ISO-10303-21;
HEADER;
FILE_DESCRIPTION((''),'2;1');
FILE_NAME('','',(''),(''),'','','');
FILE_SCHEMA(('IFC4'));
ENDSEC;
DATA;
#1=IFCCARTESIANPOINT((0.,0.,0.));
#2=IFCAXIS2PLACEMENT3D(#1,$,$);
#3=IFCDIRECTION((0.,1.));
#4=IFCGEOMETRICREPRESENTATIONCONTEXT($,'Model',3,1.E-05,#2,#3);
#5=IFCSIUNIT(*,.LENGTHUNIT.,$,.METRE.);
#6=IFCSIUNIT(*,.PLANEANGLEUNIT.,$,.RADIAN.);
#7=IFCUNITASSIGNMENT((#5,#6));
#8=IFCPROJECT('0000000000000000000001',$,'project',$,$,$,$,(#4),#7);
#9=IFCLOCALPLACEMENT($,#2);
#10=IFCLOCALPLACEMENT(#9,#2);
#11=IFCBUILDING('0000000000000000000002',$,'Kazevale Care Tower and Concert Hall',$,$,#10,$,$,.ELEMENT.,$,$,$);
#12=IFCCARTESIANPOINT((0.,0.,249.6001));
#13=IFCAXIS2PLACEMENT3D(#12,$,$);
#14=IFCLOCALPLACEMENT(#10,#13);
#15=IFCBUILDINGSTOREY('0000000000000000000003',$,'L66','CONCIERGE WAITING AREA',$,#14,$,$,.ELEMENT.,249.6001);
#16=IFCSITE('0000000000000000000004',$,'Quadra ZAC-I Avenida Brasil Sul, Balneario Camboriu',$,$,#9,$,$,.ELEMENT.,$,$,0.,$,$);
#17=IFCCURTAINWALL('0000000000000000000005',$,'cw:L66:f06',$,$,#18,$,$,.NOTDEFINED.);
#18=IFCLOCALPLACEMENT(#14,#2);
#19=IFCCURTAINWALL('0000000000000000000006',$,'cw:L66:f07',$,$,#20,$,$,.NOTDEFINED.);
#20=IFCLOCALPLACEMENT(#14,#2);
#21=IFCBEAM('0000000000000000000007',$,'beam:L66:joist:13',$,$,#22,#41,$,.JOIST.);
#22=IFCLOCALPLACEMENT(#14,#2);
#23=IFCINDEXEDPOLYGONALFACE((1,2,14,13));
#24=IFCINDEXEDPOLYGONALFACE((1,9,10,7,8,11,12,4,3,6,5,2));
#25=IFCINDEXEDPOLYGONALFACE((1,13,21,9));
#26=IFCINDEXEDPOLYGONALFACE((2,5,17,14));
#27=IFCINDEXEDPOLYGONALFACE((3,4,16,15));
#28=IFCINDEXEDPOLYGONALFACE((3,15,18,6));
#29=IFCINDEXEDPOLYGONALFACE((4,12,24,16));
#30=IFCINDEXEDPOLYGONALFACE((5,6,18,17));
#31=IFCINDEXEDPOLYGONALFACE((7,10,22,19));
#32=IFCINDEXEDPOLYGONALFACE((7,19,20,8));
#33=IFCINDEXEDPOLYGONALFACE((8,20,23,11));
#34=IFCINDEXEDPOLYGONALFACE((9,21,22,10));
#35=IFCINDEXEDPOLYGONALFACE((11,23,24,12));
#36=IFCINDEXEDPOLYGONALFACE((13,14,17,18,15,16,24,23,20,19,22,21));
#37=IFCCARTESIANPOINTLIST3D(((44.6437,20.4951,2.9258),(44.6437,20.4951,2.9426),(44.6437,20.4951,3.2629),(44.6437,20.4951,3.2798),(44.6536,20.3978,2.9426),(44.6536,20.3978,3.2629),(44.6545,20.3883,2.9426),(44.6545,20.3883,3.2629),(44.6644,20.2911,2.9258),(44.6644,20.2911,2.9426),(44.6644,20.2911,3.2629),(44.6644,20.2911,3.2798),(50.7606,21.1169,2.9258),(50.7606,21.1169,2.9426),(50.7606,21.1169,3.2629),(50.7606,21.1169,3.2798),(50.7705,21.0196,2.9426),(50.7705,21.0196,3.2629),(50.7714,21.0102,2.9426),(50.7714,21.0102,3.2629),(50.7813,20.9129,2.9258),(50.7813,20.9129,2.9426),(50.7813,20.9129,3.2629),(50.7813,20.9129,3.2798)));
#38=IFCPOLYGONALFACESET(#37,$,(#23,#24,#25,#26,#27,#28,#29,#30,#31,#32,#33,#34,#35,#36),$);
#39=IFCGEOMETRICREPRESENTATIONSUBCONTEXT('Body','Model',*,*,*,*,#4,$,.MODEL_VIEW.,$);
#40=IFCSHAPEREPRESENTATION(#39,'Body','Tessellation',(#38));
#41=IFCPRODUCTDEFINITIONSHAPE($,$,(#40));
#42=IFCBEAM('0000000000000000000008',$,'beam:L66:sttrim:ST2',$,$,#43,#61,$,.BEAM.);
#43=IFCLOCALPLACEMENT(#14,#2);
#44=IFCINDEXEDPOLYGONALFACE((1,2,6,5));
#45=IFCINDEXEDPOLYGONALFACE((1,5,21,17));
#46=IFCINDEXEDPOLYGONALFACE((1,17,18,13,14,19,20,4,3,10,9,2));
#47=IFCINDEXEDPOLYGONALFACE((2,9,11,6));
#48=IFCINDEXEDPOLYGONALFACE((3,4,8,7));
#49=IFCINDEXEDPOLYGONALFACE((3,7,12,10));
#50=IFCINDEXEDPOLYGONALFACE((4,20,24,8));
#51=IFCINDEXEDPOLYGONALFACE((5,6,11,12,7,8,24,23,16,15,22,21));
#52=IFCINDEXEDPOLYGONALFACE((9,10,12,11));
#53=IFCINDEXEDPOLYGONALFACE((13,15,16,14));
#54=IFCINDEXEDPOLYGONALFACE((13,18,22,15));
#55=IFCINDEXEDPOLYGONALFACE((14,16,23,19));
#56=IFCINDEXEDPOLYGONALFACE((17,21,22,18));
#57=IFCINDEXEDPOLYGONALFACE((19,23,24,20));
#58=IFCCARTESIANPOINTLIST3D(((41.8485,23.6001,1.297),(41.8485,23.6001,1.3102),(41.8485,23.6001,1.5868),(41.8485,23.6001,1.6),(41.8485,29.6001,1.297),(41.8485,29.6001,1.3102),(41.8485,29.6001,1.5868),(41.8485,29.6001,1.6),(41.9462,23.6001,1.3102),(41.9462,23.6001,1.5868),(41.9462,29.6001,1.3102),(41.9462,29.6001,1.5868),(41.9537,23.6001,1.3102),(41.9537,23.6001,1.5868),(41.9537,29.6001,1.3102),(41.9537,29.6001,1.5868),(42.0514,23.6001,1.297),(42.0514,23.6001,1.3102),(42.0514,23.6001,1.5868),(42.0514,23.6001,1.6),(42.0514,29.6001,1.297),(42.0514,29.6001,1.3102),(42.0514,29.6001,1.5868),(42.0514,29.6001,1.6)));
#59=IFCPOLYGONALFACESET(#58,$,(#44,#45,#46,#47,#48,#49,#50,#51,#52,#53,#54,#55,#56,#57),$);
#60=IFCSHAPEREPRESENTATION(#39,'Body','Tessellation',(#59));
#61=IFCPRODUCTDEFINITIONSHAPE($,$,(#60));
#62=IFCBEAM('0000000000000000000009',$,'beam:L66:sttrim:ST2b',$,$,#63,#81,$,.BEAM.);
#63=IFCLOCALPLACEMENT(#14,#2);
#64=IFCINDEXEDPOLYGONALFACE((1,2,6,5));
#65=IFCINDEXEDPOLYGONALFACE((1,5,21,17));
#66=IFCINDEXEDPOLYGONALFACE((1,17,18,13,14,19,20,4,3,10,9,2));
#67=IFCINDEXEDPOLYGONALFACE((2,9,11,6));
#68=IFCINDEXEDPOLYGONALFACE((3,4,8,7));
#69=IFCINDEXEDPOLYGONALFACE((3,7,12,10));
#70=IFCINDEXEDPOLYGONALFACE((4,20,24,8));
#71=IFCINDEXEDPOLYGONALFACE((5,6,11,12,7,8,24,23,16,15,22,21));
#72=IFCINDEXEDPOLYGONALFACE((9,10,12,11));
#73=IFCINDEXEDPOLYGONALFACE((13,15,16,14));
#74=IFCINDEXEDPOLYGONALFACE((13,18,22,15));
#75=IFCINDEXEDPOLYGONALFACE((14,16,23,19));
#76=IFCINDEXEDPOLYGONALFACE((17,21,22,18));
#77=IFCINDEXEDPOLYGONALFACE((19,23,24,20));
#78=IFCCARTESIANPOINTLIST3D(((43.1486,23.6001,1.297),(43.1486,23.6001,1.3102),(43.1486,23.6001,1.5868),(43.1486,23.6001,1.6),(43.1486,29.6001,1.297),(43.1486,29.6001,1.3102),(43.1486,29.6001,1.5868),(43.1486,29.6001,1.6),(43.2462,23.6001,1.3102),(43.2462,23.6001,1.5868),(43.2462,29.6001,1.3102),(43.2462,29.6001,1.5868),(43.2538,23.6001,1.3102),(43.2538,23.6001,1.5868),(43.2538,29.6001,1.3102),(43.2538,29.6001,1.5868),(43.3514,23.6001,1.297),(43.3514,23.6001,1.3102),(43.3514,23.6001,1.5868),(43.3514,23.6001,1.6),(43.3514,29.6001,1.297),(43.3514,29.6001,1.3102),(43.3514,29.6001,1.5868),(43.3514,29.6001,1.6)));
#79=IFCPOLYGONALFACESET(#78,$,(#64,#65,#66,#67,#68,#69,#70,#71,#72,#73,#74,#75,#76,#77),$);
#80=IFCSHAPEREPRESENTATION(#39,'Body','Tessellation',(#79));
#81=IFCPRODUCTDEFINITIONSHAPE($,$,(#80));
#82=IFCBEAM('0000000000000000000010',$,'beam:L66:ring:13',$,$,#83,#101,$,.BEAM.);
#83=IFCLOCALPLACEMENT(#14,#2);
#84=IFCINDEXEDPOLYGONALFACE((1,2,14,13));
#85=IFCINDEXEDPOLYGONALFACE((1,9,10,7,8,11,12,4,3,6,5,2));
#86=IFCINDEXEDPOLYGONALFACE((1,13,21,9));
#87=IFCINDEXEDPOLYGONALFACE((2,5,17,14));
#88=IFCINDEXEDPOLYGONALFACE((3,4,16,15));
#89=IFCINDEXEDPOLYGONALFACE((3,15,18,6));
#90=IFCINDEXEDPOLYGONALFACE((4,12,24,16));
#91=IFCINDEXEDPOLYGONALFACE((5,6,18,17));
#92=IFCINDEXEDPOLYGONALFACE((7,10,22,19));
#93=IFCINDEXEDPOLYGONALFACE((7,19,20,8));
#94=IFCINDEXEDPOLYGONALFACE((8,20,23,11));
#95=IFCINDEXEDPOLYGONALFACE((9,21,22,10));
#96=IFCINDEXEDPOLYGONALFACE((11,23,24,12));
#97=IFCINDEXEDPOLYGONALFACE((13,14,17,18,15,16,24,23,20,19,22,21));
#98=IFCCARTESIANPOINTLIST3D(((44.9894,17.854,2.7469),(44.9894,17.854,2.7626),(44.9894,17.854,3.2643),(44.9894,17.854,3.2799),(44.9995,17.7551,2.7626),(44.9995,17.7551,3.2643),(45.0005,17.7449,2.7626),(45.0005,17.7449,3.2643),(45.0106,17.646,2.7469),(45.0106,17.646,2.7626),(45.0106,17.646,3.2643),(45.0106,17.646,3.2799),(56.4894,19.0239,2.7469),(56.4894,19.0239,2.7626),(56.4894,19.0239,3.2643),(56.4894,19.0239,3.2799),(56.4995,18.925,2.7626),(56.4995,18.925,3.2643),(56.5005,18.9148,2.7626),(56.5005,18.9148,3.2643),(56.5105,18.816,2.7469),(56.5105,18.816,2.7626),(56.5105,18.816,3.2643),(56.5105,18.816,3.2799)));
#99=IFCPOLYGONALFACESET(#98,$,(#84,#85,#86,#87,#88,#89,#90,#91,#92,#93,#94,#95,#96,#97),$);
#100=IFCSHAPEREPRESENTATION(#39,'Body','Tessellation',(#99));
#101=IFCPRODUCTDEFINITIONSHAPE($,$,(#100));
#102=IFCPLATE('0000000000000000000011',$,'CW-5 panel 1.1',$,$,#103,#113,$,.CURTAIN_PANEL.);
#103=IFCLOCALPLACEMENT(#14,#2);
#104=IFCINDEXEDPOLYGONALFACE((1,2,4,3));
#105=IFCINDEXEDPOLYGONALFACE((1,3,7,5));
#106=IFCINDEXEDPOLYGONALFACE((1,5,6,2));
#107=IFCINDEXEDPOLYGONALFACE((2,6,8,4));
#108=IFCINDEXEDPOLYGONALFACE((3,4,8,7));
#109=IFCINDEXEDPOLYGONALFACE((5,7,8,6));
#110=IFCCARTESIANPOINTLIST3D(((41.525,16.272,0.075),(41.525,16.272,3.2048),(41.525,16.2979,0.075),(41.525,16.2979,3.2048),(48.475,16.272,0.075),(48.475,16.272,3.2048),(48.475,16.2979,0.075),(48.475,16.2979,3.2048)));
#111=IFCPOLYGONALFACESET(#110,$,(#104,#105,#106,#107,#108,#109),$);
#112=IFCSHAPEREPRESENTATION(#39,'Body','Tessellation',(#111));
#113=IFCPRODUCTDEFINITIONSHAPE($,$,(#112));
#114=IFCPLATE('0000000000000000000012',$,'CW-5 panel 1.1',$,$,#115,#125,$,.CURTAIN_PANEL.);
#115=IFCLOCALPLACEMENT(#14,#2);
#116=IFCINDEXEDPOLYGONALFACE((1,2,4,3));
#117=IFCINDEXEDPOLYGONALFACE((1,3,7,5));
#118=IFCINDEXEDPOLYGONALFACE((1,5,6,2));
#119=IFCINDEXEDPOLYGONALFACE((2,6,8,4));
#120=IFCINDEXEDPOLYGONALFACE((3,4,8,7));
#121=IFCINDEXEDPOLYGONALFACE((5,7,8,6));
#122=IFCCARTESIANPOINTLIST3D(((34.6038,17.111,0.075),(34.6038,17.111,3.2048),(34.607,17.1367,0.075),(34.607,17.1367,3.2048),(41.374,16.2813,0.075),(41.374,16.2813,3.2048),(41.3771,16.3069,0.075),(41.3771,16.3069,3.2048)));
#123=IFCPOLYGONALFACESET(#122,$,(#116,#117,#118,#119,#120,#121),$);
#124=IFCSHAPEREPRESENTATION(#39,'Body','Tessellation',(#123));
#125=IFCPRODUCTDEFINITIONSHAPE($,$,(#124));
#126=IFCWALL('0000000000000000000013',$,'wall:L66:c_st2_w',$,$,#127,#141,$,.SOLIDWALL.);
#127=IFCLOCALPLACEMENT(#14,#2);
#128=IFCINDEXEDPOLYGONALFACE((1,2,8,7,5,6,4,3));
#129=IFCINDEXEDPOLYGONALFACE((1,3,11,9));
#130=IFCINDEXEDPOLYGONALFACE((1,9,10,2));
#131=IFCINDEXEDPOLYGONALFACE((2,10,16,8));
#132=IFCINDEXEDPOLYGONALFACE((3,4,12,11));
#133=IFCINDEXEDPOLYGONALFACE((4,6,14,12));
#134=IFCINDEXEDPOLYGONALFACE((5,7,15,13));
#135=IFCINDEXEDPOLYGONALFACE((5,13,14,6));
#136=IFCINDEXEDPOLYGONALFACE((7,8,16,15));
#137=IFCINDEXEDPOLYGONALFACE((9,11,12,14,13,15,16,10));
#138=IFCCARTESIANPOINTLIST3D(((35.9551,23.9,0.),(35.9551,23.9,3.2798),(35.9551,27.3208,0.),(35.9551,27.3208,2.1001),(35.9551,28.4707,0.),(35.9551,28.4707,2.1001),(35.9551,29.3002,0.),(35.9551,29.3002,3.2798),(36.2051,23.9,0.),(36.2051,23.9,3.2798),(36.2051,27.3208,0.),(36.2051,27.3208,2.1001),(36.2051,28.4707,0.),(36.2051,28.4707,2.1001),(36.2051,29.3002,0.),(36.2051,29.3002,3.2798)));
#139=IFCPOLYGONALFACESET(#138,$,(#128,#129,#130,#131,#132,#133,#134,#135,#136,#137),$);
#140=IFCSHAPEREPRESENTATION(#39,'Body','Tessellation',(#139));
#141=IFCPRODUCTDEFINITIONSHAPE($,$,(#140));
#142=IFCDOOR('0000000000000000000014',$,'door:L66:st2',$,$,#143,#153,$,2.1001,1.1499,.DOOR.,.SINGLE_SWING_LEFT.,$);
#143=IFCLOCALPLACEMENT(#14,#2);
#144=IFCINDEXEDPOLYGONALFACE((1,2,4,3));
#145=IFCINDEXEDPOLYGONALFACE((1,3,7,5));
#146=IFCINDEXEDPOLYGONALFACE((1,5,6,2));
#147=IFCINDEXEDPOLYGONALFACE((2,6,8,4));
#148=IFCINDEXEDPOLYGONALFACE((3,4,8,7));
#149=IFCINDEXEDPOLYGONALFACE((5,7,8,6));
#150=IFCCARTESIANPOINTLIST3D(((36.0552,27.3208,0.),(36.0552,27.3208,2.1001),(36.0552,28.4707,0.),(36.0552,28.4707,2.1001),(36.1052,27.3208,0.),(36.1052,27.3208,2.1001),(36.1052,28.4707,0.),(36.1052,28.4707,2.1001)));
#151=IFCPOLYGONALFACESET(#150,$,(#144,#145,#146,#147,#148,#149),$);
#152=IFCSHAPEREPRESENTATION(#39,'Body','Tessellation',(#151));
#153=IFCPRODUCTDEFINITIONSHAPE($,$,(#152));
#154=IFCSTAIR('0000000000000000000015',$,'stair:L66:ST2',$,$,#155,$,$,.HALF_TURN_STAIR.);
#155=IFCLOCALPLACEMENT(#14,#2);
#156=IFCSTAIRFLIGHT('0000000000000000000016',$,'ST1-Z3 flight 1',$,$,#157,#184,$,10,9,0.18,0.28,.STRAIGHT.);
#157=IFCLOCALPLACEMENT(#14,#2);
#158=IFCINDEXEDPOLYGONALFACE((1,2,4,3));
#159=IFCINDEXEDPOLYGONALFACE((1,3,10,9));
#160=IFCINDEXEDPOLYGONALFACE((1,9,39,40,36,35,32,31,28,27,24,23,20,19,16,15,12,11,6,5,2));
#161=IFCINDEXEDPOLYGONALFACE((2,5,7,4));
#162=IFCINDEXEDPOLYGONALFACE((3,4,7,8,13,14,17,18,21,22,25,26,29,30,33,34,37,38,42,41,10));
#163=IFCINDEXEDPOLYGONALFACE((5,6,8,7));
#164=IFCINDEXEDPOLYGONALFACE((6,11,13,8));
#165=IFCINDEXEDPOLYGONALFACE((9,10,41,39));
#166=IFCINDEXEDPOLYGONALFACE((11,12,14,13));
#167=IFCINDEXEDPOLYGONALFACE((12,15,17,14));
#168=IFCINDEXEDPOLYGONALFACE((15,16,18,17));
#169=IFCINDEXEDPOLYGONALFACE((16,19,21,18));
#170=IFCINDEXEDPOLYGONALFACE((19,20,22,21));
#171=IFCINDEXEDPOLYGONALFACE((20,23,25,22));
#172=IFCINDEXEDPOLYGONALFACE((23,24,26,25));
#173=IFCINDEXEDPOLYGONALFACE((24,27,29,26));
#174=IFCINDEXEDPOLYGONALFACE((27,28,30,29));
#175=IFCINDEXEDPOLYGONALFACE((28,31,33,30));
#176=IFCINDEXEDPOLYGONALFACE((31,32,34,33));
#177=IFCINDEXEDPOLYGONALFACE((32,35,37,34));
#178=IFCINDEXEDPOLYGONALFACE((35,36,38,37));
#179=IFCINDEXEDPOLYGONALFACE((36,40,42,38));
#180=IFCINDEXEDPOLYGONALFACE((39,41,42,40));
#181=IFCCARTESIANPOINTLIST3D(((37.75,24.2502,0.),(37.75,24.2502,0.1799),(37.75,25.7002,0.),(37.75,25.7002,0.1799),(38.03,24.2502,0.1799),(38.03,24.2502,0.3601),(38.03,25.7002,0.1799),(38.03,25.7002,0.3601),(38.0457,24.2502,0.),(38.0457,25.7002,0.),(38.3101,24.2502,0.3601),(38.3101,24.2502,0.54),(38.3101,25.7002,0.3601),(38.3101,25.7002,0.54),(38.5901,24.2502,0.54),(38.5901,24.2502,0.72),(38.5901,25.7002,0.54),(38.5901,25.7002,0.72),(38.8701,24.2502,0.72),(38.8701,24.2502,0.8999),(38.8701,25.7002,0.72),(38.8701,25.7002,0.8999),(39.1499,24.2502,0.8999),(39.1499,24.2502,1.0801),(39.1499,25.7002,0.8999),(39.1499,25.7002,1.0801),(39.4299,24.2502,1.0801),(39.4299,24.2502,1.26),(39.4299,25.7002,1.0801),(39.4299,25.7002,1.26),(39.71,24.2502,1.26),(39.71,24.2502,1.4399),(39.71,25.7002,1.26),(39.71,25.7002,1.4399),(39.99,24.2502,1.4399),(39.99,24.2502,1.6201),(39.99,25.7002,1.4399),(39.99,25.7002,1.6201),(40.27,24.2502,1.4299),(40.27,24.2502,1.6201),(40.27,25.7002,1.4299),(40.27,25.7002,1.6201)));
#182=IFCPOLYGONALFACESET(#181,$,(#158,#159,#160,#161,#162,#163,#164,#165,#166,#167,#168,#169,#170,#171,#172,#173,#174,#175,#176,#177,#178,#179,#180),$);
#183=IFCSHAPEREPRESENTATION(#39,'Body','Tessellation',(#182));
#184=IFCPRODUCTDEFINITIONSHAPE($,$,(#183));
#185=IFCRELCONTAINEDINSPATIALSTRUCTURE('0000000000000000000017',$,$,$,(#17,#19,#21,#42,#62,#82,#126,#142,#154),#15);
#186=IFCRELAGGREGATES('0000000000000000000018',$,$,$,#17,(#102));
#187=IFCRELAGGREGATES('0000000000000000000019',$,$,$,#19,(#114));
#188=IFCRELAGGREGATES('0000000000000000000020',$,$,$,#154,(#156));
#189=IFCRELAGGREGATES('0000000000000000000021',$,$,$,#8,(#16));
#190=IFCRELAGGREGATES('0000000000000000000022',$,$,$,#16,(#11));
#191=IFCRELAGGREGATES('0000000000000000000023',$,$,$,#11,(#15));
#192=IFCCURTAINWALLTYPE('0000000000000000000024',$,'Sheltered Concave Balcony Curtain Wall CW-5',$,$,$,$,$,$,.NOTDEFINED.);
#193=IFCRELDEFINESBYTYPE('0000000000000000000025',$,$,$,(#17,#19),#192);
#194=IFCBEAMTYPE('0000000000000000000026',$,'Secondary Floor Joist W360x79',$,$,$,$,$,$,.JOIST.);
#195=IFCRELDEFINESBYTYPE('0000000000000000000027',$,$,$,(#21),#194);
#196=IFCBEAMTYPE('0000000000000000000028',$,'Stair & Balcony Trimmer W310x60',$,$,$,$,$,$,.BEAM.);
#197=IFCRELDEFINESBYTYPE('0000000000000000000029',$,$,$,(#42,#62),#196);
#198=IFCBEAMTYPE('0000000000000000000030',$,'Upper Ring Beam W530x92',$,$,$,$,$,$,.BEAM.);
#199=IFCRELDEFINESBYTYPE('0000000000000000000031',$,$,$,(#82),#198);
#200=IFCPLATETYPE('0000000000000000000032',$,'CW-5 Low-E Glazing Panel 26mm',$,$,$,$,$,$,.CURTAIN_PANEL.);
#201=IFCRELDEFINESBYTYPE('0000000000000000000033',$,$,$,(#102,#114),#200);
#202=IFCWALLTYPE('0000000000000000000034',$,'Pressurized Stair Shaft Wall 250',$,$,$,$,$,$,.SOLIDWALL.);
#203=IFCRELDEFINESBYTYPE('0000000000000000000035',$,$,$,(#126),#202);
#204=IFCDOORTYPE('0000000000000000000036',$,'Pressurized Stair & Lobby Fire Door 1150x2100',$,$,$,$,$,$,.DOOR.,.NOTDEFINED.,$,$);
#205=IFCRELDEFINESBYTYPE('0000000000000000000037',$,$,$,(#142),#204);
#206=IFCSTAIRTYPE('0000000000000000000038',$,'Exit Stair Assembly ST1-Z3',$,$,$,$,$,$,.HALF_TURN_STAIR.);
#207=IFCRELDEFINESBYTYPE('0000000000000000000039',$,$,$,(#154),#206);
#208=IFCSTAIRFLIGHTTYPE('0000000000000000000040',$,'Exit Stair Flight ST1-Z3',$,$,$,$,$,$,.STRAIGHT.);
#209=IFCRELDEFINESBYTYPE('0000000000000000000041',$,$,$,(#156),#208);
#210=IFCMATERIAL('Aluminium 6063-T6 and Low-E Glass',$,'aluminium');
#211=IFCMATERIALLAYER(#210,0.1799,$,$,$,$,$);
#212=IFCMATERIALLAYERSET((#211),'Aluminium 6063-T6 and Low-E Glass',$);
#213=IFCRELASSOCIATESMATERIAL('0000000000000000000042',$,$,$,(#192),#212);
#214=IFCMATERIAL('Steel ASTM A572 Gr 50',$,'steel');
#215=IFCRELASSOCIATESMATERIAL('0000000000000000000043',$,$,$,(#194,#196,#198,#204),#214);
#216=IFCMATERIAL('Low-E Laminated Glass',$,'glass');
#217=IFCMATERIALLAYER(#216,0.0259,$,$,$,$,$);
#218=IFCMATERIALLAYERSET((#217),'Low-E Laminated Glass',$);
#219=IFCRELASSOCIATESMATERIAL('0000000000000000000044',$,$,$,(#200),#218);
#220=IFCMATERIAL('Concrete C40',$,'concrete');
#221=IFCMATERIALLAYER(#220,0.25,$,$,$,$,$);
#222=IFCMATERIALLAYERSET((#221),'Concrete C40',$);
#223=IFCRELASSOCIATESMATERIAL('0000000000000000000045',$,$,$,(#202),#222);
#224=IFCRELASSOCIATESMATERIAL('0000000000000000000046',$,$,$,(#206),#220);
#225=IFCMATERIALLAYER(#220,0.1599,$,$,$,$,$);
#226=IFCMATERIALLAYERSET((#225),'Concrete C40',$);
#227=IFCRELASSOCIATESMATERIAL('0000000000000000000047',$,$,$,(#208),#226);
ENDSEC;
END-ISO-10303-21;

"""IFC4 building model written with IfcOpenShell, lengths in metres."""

from ifc_helpers import new_model, si_unit, direction, frame, frame_2d, origin, origin_2d, place, context, subcontext, project, spatial, polyline, rectangle, i_section, outline, extrude, material, layer, layer_set, material_profile, profile_set, type_object, element, fill, aggregate, save


model = new_model("IFC4")

# Units and contexts
model_context = context("Model", 3, precision=1e-05, world=origin(), true_north=direction((0.0, 1.0)))
body_context = subcontext(model_context, "Body", "Model", "MODEL_VIEW")
ifc_project = project(units=[si_unit("LENGTHUNIT", "METRE"), si_unit("PLANEANGLEUNIT", "RADIAN")], contexts=[model_context])

# Site, building, storey
site_placement = place(None, origin())
site = spatial("IfcSite", under=ifc_project, at=site_placement, Name="Quadra ZAC-I Avenida Brasil Sul, Balneario Camboriu", CompositionType="ELEMENT", RefElevation=0.0)
building_placement = place(site_placement, origin())
building = spatial("IfcBuilding", under=site, at=building_placement, Name="Kazevale Care Tower and Concert Hall", CompositionType="ELEMENT")
storey_placement = place(building_placement, frame((0.0, 0.0, 249.6001)))
storey = spatial("IfcBuildingStorey", under=building, at=storey_placement, Name="L66", Description="CONCIERGE WAITING AREA", CompositionType="ELEMENT", Elevation=249.6001)

# Curtain wall
ifc_material_1 = material(Name="Aluminium 6063-T6 and Low-E Glass", Category="aluminium")
ifc_layer_1 = layer(ifc_material_1, 0.1799)
ifc_layer_set_1 = layer_set([ifc_layer_1], Name="Aluminium 6063-T6 and Low-E Glass")
curtain_wall_type = type_object("IfcCurtainWallType", Name="Sheltered Concave Balcony Curtain Wall CW-5", PredefinedType="NOTDEFINED", material=ifc_layer_set_1)
curtain_wall_1_placement = place(storey_placement, origin())
curtain_wall_1 = element("IfcCurtainWall", 1, at=curtain_wall_1_placement, inside=storey, type_object=curtain_wall_type, Name="cw:L66:f06", PredefinedType="NOTDEFINED")

# Curtain wall
curtain_wall_2_placement = place(storey_placement, origin())
curtain_wall_2 = element("IfcCurtainWall", 2, at=curtain_wall_2_placement, inside=storey, type_object=curtain_wall_type, Name="cw:L66:f07", PredefinedType="NOTDEFINED")

# Beams
ifc_material_2 = material(Name="Steel ASTM A572 Gr 50", Category="steel")
ifc_material_profile_1 = material_profile(ifc_material_2, i_section(OverallWidth=0.2051, OverallDepth=0.354, WebThickness=0.0095, FlangeThickness=0.0168, at=origin_2d()), Name="W360x79")
ifc_profile_set_1 = profile_set([ifc_material_profile_1], Name="Steel ASTM A572 Gr 50")
beam_type_1 = type_object("IfcBeamType", Name="Secondary Floor Joist W360x79", PredefinedType="JOIST", material=ifc_profile_set_1)
beam_1_placement = place(storey_placement, frame((44.6541, 20.3931, 3.1028), z_axis=(0.994873, 0.101135, 0.0), x_axis=(-0.101135, 0.994873, 0.0)))
element("IfcBeam", 3, at=beam_1_placement, inside=storey, type_object=beam_type_1, Name="beam:L66:joist:13", PredefinedType="JOIST", context=body_context, shape_type="SweptSolid", body=[
    extrude(i_section(OverallWidth=0.2051, OverallDepth=0.354, WebThickness=0.0095, FlangeThickness=0.0168, at=origin_2d()), origin(), (0.0, 0.0, 1.0), 6.1484),
])
ifc_material_profile_2 = material_profile(ifc_material_2, i_section(OverallWidth=0.2029, OverallDepth=0.303, WebThickness=0.0076, FlangeThickness=0.0132, at=origin_2d()), Name="W310x60")
ifc_profile_set_2 = profile_set([ifc_material_profile_2], Name="Steel ASTM A572 Gr 50")
beam_type_2 = type_object("IfcBeamType", Name="Stair & Balcony Trimmer W310x60", PredefinedType="BEAM", material=ifc_profile_set_2)
for number, where, z_axis, x_axis, name in (
    (4, (41.95, 23.6001, 1.4485), (0.0, 1.0, 0.0), (-1.0, 0.0, 0.0), "beam:L66:sttrim:ST2"),
    (5, (43.25, 23.6001, 1.4485), (0.0, 1.0, 0.0), (-1.0, 0.0, 0.0), "beam:L66:sttrim:ST2b"),
):
    element("IfcBeam", number, at=place(storey_placement, frame(where, z_axis=z_axis, x_axis=x_axis)), inside=storey, type_object=beam_type_2, Name=name, PredefinedType="BEAM", context=body_context, shape_type="SweptSolid", body=[
        extrude(i_section(OverallWidth=0.2029, OverallDepth=0.303, WebThickness=0.0076, FlangeThickness=0.0132, at=origin_2d()), origin(), (0.0, 0.0, 1.0), 6.0),
    ])
ifc_material_profile_3 = material_profile(ifc_material_2, i_section(OverallWidth=0.209, OverallDepth=0.533, WebThickness=0.0103, FlangeThickness=0.0156, at=origin_2d()), Name="W530x92")
ifc_profile_set_3 = profile_set([ifc_material_profile_3], Name="Steel ASTM A572 Gr 50")
beam_type_3 = type_object("IfcBeamType", Name="Upper Ring Beam W530x92", PredefinedType="BEAM", material=ifc_profile_set_3)
beam_2_placement = place(storey_placement, frame((45.0, 17.75, 3.0134), z_axis=(0.994865, 0.10121, 0.0), x_axis=(-0.10121, 0.994865, 0.0)))
element("IfcBeam", 6, at=beam_2_placement, inside=storey, type_object=beam_type_3, Name="beam:L66:ring:13", PredefinedType="BEAM", context=body_context, shape_type="SweptSolid", body=[
    extrude(i_section(OverallWidth=0.209, OverallDepth=0.533, WebThickness=0.0103, FlangeThickness=0.0156, at=origin_2d()), origin(), (0.0, 0.0, 1.0), 11.5593),
])

# Plates
ifc_material_3 = material(Name="Low-E Laminated Glass", Category="glass")
ifc_layer_2 = layer(ifc_material_3, 0.0259)
ifc_layer_set_2 = layer_set([ifc_layer_2], Name="Low-E Laminated Glass")
plate_type = type_object("IfcPlateType", Name="CW-5 Low-E Glazing Panel 26mm", PredefinedType="CURTAIN_PANEL", material=ifc_layer_set_2)
plate_1_placement = place(storey_placement, frame((45.0, 16.2849, 0.075), z_axis=(0.0, 0.0, 1.0), x_axis=(-1.0, 0.0, 0.0)))
plate_1 = element("IfcPlate", 7, at=plate_1_placement, type_object=plate_type, Name="CW-5 panel 1.1", PredefinedType="CURTAIN_PANEL", context=body_context, shape_type="SweptSolid", body=[
    extrude(rectangle(XDim=6.95, YDim=0.0259, at=origin_2d()), origin(), (0.0, 0.0, 1.0), 3.1299),
])
aggregate(curtain_wall_1, [plate_1])
plate_2_placement = place(storey_placement, frame((37.9905, 16.709, 0.075), z_axis=(0.0, 0.0, 1.0), x_axis=(-0.992573, 0.121651, 0.0)))
plate_2 = element("IfcPlate", 8, at=plate_2_placement, type_object=plate_type, Name="CW-5 panel 1.1", PredefinedType="CURTAIN_PANEL", context=body_context, shape_type="SweptSolid", body=[
    extrude(rectangle(XDim=6.8208, YDim=0.0259, at=origin_2d()), origin(), (0.0, 0.0, 1.0), 3.1299),
])
aggregate(curtain_wall_2, [plate_2])

# Wall, opening, door
ifc_material_4 = material(Name="Concrete C40", Category="concrete")
ifc_layer_3 = layer(ifc_material_4, 0.25)
ifc_layer_set_3 = layer_set([ifc_layer_3], Name="Concrete C40")
wall_type_1 = type_object("IfcWallType", Name="Pressurized Stair Shaft Wall 250", PredefinedType="SOLIDWALL", material=ifc_layer_set_3)
wall_1_placement = place(storey_placement, frame((36.0801, 23.8999, 0.0), z_axis=(0.0, 0.0, 1.0), x_axis=(0.0, 1.0, 0.0)))
wall_1 = element("IfcWall", 9, at=wall_1_placement, inside=storey, type_object=wall_type_1, Name="wall:L66:c_st2_w", PredefinedType="SOLIDWALL", context=body_context, shape_type="SweptSolid", body=[
    extrude(rectangle(XDim=5.4001, YDim=0.25, at=frame_2d((2.7002, 0.0))), origin(), (0.0, 0.0, 1.0), 3.2798),
])
opening_1_placement = place(wall_1_placement, frame((3.4209, 0.0, 0.0)))
opening_1 = element("IfcOpeningElement", 10, at=opening_1_placement, cuts=wall_1, PredefinedType="OPENING", context=body_context, shape_type="SweptSolid", body=[
    extrude(rectangle(XDim=1.1499, YDim=2.1001, at=frame_2d((0.575, 1.05))), frame((0.0, 0.135, 0.0), z_axis=(0.0, -1.0, 0.0), x_axis=(1.0, 0.0, 0.0)), (0.0, 0.0, 1.0), 0.27),
])
door_type_1 = type_object("IfcDoorType", Name="Pressurized Stair & Lobby Fire Door 1150x2100", OperationType="NOTDEFINED", PredefinedType="DOOR", material=ifc_material_2)
door_1_placement = place(opening_1_placement, origin())
door_1 = element("IfcDoor", 11, at=door_1_placement, inside=storey, type_object=door_type_1, Name="door:L66:st2", OperationType="SINGLE_SWING_LEFT", OverallHeight=2.1001, OverallWidth=1.1499, PredefinedType="DOOR", context=body_context, shape_type="SweptSolid", body=[
    extrude(rectangle(XDim=1.1499, YDim=2.1001, at=frame_2d((0.575, 1.05))), frame((0.0, 0.0249, 0.0), z_axis=(0.0, -1.0, 0.0), x_axis=(1.0, 0.0, 0.0)), (0.0, 0.0, 1.0), 0.05),
])
fill(opening_1, door_1)

# Stair, stair flight
stair_type = type_object("IfcStairType", Name="Exit Stair Assembly ST1-Z3", PredefinedType="HALF_TURN_STAIR", material=ifc_material_4)
stair_placement = place(storey_placement, origin())
stair = element("IfcStair", 12, at=stair_placement, inside=storey, type_object=stair_type, Name="stair:L66:ST2", PredefinedType="HALF_TURN_STAIR")
ifc_layer_4 = layer(ifc_material_4, 0.1599)
ifc_layer_set_4 = layer_set([ifc_layer_4], Name="Concrete C40")
stair_flight_type = type_object("IfcStairFlightType", Name="Exit Stair Flight ST1-Z3", PredefinedType="STRAIGHT", material=ifc_layer_set_4)
stair_flight_1_placement = place(storey_placement, frame((37.75, 24.9751, 0.0), z_axis=(0.0, 0.0, 1.0), x_axis=(1.0, 0.0, 0.0)))
stair_flight_1 = element("IfcStairFlight", 13, at=stair_flight_1_placement, type_object=stair_flight_type, Name="ST1-Z3 flight 1", NumberOfRisers=10, NumberOfTreads=9, PredefinedType="STRAIGHT", RiserHeight=0.18, TreadLength=0.28, context=body_context, shape_type="SweptSolid", body=[
    extrude(outline(polyline([(0.0, 0.0), (0.0, 0.1799), (0.28, 0.1799), (0.28, 0.3601), (0.5601, 0.3601), (0.5601, 0.54), (0.8401, 0.54), (0.8401, 0.72), (1.1201, 0.72), (1.1201, 0.8999), (1.3999, 0.8999), (1.3999, 1.0801), (1.6799, 1.0801), (1.6799, 1.26), (1.96, 1.26), (1.96, 1.4399), (2.24, 1.4399), (2.24, 1.6201), (2.52, 1.6201), (2.52, 1.8), (2.52, 1.4299), (0.2957, 0.0), (0.0, 0.0)])), frame((0.0, 0.7251, 0.0), z_axis=(0.0, -1.0, 0.0), x_axis=(1.0, 0.0, 0.0)), (0.0, 0.0, 1.0), 1.45),
])
aggregate(stair, [stair_flight_1])

save(model, "model.ifc")
